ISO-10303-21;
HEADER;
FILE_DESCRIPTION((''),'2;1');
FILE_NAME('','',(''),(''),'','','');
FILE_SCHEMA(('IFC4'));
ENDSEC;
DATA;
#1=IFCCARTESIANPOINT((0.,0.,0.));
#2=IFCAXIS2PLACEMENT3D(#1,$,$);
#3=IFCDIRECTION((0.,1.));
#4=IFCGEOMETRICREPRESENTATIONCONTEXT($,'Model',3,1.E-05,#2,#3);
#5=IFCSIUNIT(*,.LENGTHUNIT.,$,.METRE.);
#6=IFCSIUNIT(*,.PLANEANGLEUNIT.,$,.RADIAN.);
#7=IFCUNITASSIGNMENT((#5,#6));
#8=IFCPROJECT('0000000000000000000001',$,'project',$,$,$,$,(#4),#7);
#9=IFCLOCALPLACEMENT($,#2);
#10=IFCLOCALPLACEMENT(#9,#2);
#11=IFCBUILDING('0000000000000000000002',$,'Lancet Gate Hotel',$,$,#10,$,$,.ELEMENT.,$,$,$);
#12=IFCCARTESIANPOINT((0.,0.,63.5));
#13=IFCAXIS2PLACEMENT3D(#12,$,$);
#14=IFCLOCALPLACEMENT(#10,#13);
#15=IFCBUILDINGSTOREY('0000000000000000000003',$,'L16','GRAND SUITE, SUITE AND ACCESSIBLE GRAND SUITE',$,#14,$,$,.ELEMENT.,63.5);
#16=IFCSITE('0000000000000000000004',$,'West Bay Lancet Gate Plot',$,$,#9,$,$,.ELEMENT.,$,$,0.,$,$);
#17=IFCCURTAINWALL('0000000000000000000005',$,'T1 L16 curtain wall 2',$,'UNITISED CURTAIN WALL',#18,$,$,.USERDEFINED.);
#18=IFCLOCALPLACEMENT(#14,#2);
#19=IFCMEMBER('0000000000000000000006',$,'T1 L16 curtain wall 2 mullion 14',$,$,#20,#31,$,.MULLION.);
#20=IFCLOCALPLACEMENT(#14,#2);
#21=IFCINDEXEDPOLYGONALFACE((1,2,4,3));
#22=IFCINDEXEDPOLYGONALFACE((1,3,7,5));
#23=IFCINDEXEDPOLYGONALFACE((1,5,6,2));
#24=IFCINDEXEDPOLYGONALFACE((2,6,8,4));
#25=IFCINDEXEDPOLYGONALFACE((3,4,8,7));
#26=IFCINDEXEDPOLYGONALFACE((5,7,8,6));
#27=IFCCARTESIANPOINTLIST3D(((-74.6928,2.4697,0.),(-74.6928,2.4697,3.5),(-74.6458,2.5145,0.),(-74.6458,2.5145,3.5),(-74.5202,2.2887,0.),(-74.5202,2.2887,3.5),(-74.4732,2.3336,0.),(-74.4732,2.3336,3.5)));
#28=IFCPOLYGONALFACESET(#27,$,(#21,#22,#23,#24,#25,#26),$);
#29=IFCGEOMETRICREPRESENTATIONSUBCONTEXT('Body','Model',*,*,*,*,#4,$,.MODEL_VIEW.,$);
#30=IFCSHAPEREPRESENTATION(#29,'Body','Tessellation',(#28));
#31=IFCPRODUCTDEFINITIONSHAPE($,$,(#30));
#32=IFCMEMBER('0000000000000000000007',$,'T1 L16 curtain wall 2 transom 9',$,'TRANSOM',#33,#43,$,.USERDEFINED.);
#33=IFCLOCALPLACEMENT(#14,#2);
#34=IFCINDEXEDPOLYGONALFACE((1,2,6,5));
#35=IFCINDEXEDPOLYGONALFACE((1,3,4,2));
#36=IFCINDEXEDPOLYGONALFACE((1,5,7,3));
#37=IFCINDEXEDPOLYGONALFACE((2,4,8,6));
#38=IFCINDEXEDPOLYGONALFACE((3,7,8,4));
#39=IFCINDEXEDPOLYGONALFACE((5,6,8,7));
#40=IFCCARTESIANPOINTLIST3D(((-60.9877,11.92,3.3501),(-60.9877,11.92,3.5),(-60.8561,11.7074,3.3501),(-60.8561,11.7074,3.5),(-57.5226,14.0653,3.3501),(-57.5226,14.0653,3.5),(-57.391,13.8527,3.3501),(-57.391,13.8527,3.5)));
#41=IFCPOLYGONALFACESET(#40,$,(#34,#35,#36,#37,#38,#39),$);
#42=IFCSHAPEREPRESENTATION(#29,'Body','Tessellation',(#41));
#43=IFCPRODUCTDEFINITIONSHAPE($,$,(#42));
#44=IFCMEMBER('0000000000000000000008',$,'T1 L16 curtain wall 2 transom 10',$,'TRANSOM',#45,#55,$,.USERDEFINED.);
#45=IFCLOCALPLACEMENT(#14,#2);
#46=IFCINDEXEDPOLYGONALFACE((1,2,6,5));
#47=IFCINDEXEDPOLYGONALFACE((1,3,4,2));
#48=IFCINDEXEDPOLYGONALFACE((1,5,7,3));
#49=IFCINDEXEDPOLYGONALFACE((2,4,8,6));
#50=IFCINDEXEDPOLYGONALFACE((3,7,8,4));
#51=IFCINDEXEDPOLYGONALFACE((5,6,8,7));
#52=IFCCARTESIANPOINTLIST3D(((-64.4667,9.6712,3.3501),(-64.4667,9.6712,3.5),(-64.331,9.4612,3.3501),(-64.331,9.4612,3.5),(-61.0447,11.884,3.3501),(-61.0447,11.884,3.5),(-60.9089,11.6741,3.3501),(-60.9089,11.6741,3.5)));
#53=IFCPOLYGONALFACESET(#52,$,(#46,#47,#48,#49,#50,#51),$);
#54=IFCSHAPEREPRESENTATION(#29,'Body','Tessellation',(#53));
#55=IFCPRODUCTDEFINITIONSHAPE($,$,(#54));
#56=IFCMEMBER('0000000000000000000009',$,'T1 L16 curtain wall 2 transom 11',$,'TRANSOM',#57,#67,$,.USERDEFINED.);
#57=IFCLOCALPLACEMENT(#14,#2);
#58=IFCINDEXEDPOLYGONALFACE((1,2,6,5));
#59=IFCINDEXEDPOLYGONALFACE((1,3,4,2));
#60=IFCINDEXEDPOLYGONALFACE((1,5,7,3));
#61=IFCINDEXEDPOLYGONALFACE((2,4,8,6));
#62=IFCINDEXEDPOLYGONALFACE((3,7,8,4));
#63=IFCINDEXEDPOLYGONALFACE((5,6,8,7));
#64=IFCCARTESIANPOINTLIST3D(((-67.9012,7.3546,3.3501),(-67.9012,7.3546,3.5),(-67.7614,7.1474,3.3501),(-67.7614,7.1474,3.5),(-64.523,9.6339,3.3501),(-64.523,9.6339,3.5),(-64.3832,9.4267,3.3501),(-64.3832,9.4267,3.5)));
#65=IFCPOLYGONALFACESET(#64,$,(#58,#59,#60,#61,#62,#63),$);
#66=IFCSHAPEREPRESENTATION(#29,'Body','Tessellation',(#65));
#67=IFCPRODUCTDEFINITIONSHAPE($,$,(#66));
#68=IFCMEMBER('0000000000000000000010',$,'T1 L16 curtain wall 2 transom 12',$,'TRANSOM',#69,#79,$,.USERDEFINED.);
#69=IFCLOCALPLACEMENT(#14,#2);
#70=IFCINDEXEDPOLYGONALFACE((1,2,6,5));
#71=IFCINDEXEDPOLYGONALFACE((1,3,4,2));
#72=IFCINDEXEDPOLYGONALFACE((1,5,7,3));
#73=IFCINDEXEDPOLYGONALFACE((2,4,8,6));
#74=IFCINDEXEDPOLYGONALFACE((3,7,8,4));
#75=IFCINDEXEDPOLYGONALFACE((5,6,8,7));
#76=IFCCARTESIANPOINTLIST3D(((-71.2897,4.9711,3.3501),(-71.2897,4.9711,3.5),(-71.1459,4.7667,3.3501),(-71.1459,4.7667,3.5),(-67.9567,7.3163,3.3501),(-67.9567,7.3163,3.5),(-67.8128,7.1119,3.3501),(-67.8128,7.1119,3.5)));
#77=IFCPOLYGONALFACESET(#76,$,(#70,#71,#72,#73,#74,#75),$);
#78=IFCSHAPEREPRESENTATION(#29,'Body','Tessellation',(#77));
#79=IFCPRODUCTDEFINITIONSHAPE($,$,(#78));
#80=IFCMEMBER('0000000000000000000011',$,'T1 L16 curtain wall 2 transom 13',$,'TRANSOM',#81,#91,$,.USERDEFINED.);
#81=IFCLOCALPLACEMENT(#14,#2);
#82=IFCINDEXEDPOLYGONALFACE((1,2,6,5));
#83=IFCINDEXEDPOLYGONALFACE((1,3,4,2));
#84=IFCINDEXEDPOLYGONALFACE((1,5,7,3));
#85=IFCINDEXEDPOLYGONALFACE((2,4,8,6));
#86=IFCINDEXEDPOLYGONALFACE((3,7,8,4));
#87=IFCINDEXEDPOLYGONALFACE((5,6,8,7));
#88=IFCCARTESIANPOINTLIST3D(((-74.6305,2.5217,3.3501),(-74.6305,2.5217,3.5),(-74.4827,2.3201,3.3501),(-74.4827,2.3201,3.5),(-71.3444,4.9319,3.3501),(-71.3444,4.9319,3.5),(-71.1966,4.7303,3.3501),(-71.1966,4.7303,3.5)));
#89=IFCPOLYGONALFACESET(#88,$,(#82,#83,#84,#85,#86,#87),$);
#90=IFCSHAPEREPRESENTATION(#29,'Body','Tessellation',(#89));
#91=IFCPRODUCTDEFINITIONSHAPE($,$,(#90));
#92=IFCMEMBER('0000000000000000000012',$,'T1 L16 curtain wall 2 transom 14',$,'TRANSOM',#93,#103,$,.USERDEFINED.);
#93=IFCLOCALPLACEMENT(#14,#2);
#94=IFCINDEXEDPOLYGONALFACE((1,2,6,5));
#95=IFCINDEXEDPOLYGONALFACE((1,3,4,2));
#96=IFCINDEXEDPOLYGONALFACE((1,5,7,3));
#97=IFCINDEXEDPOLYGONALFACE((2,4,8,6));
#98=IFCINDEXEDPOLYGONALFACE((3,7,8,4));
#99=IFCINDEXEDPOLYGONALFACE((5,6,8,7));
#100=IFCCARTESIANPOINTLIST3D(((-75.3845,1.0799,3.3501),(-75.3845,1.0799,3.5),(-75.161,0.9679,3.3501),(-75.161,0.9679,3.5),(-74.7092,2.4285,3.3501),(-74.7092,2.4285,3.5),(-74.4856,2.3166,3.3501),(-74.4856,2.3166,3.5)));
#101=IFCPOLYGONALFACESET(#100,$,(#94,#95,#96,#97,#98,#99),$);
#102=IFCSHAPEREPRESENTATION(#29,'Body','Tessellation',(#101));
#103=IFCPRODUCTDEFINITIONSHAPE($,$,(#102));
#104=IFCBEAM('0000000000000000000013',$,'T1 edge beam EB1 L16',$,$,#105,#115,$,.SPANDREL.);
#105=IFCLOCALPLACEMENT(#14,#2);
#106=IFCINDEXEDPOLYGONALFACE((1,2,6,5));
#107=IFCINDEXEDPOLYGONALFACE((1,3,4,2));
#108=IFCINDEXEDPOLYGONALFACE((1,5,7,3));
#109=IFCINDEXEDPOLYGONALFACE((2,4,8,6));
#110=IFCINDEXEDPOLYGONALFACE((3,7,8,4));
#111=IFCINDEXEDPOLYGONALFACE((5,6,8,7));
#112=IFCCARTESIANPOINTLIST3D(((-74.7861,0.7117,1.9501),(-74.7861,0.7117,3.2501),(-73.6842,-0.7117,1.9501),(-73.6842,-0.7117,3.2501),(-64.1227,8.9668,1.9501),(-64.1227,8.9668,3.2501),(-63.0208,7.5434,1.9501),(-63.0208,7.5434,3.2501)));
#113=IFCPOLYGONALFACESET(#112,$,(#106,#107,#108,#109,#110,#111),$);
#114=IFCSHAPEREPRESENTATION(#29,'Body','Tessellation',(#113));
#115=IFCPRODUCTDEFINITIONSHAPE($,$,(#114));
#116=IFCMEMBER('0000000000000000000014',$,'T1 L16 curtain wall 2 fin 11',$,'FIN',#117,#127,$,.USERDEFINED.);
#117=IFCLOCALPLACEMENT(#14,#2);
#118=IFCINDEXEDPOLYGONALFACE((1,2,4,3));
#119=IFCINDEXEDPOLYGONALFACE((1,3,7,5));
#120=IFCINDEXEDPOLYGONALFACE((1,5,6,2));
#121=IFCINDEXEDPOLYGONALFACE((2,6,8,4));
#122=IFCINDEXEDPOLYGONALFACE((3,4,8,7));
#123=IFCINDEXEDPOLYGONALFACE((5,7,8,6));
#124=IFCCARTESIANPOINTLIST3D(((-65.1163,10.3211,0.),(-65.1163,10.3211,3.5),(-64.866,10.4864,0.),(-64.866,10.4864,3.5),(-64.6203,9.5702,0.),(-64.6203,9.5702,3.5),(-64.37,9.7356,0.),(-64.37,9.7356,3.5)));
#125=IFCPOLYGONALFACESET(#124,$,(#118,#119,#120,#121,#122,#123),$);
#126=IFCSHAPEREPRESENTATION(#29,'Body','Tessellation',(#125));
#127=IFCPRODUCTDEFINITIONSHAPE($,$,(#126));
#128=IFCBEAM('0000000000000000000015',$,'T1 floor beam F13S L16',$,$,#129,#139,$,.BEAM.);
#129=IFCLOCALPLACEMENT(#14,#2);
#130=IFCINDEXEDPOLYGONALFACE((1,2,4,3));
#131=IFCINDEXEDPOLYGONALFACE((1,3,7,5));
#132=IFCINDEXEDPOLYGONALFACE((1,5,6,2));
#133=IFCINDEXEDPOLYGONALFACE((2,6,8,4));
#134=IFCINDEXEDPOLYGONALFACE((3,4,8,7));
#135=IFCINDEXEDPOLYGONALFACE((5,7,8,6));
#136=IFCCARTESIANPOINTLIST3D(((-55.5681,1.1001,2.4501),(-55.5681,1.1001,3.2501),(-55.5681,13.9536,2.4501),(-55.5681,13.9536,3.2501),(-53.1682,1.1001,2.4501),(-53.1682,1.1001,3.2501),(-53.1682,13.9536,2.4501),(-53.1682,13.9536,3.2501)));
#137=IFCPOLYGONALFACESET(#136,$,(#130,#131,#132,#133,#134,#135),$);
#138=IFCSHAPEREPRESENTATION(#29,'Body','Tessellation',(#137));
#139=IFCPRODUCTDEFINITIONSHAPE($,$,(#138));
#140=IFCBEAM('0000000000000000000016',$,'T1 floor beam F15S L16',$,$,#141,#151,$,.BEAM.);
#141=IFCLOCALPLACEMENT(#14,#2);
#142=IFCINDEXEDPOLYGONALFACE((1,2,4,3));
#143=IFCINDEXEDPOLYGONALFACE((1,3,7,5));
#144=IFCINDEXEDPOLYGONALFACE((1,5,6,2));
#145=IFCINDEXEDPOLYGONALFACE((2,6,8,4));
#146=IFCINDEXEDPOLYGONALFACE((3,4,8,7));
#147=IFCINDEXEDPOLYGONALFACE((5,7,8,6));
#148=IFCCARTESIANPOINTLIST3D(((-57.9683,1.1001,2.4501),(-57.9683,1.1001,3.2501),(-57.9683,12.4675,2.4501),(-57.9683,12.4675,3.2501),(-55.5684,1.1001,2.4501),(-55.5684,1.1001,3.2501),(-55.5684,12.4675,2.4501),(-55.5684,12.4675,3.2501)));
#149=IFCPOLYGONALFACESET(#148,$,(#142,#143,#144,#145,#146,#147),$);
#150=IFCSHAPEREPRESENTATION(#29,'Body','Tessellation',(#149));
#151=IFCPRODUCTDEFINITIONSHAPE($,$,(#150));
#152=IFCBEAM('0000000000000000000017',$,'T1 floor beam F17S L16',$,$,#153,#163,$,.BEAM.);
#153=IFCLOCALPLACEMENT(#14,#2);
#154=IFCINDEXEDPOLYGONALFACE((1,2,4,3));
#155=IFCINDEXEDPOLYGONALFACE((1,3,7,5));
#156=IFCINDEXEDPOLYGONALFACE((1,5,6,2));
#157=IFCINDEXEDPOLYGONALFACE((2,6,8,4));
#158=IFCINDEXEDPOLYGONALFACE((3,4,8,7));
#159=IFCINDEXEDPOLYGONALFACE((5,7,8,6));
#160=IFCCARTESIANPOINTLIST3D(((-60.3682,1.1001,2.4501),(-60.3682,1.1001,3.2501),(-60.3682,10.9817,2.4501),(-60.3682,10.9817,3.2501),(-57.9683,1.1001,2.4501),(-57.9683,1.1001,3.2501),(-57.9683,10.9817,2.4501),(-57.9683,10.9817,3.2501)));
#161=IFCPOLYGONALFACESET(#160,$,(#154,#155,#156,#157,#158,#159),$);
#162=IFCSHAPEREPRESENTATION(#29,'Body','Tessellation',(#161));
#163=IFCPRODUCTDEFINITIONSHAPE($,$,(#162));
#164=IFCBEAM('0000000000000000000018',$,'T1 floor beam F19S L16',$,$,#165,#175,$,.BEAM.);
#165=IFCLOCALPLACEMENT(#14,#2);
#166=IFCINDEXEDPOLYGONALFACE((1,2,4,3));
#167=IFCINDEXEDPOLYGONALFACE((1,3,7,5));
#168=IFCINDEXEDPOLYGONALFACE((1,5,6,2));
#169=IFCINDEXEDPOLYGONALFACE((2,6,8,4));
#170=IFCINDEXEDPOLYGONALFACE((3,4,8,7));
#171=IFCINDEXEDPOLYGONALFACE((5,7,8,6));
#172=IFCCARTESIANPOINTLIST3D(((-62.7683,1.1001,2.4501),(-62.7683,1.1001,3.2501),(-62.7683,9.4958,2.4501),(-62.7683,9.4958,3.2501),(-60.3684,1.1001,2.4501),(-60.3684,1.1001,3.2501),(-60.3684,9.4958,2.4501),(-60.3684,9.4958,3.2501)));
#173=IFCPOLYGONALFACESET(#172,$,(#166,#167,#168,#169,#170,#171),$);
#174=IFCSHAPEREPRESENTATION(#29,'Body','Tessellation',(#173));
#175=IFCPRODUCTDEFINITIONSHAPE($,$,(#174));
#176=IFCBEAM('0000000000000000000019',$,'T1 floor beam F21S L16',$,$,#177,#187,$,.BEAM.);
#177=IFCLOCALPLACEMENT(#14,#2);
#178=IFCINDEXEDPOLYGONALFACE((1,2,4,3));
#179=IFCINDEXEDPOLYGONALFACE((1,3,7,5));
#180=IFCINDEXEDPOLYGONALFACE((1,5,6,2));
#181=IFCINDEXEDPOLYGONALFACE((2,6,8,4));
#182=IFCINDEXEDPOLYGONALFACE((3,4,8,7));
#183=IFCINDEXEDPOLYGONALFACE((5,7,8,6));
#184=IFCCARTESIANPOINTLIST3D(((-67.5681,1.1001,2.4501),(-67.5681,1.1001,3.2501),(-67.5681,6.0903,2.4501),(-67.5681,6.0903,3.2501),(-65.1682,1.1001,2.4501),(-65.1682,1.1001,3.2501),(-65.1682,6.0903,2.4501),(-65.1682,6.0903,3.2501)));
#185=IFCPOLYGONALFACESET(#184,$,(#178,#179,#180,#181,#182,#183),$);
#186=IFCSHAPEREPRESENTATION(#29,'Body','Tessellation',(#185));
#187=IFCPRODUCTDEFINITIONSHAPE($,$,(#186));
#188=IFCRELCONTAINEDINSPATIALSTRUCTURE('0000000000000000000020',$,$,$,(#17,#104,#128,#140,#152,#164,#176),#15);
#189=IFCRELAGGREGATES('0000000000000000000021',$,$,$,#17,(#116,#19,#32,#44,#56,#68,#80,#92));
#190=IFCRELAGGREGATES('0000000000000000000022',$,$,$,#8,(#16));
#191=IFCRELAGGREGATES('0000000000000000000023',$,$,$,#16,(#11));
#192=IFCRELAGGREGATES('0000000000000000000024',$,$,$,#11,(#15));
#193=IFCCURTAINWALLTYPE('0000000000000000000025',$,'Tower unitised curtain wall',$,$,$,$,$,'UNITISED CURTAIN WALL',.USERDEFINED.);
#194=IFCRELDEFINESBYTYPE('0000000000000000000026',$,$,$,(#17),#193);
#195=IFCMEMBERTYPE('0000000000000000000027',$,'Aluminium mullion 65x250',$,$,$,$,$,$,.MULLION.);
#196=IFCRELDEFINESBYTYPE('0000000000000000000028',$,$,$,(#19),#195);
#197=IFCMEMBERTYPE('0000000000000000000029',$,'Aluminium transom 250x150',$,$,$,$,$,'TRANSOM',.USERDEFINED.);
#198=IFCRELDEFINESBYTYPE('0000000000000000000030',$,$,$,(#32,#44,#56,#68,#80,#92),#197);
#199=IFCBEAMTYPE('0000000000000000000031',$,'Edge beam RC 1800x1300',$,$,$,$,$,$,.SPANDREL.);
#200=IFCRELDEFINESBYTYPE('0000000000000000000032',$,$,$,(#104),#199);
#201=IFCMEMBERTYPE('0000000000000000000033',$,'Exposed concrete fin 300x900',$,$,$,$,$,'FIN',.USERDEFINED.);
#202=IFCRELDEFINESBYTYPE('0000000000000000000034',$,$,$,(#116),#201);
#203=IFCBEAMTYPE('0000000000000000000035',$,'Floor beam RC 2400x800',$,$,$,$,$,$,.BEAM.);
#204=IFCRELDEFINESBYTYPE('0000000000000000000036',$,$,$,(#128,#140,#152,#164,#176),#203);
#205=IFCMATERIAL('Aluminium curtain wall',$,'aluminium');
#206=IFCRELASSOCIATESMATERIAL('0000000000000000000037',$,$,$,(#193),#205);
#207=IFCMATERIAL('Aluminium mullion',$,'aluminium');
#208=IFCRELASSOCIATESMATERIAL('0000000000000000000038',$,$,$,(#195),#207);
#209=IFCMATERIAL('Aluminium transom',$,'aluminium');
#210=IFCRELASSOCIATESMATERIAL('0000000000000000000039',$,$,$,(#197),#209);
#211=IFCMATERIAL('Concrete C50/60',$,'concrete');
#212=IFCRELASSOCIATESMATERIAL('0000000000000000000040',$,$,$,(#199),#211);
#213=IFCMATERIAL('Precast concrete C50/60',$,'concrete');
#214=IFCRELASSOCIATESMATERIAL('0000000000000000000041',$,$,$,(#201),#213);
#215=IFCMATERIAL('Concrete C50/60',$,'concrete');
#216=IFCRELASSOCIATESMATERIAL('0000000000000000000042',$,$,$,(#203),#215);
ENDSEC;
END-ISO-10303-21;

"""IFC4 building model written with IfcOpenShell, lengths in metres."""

from ifc_helpers import new_model, si_unit, direction, frame, origin, origin_2d, place, context, subcontext, project, spatial, rectangle, extrude, material, material_profile, profile_set, type_object, element, aggregate, save


model = new_model("IFC4")

# Units and contexts
model_context = context("Model", 3, precision=1e-05, world=origin(), true_north=direction((0.0, 1.0)))
body_context = subcontext(model_context, "Body", "Model", "MODEL_VIEW")
ifc_project = project(units=[si_unit("LENGTHUNIT", "METRE"), si_unit("PLANEANGLEUNIT", "RADIAN")], contexts=[model_context])

# Site, building, storey
site_placement = place(None, origin())
site = spatial("IfcSite", under=ifc_project, at=site_placement, Name="West Bay Lancet Gate Plot", CompositionType="ELEMENT", RefElevation=0.0)
building_placement = place(site_placement, origin())
building = spatial("IfcBuilding", under=site, at=building_placement, Name="Lancet Gate Hotel", CompositionType="ELEMENT")
storey_placement = place(building_placement, frame((0.0, 0.0, 63.5)))
storey = spatial("IfcBuildingStorey", under=building, at=storey_placement, Name="L16", Description="GRAND SUITE, SUITE AND ACCESSIBLE GRAND SUITE", CompositionType="ELEMENT", Elevation=63.5)

# Curtain wall, members
ifc_material_1 = material(Name="Aluminium curtain wall", Category="aluminium")
curtain_wall_type = type_object("IfcCurtainWallType", Name="Tower unitised curtain wall", ElementType="UNITISED CURTAIN WALL", PredefinedType="USERDEFINED", material=ifc_material_1)
curtain_wall_placement = place(storey_placement, origin())
curtain_wall = element("IfcCurtainWall", 1, at=curtain_wall_placement, inside=storey, type_object=curtain_wall_type, Name="T1 L16 curtain wall 2", ObjectType="UNITISED CURTAIN WALL", PredefinedType="USERDEFINED")
ifc_material_2 = material(Name="Aluminium mullion", Category="aluminium")
ifc_material_profile_1 = material_profile(ifc_material_2, rectangle(XDim=0.0649, YDim=0.25, at=origin_2d()), Name="MULLION 65x250")
ifc_profile_set_1 = profile_set([ifc_material_profile_1], Name="Aluminium mullion")
member_type_1 = type_object("IfcMemberType", Name="Aluminium mullion 65x250", PredefinedType="MULLION", material=ifc_profile_set_1)
member_1_placement = place(storey_placement, frame((-74.583, 2.4016, 0.0), z_axis=(0.0, 0.0, 1.0), x_axis=(-0.723696, -0.690119, 0.0)))
member_1 = element("IfcMember", 2, at=member_1_placement, type_object=member_type_1, Name="T1 L16 curtain wall 2 mullion 14", PredefinedType="MULLION", context=body_context, shape_type="SweptSolid", body=[
    extrude(rectangle(XDim=0.0649, YDim=0.25, at=origin_2d()), origin(), (0.0, 0.0, 1.0), 3.5),
])
ifc_material_3 = material(Name="Aluminium transom", Category="aluminium")
ifc_material_profile_2 = material_profile(ifc_material_3, rectangle(XDim=0.25, YDim=0.1499, at=origin_2d()), Name="TRANSOM 250x150")
ifc_profile_set_2 = profile_set([ifc_material_profile_2], Name="Aluminium transom")
member_type_2 = type_object("IfcMemberType", Name="Aluminium transom 250x150", ElementType="TRANSOM", PredefinedType="USERDEFINED", material=ifc_profile_set_2)
member_2_placement = place(storey_placement, frame((-57.4568, 13.959, 3.425), z_axis=(-0.850242, -0.526392, 0.0), x_axis=(0.526392, -0.850242, 0.0)))
member_2 = element("IfcMember", 3, at=member_2_placement, type_object=member_type_2, Name="T1 L16 curtain wall 2 transom 9", ObjectType="TRANSOM", PredefinedType="USERDEFINED", context=body_context, shape_type="SweptSolid", body=[
    extrude(rectangle(XDim=0.25, YDim=0.1499, at=origin_2d()), origin(), (0.0, 0.0, 1.0), 4.0754),
])
member_3_placement = place(storey_placement, frame((-60.9768, 11.7791, 3.425), z_axis=(-0.839729, -0.543005, 0.0), x_axis=(0.543005, -0.839729, 0.0)))
member_3 = element("IfcMember", 4, at=member_3_placement, type_object=member_type_2, Name="T1 L16 curtain wall 2 transom 10", ObjectType="TRANSOM", PredefinedType="USERDEFINED", context=body_context, shape_type="SweptSolid", body=[
    extrude(rectangle(XDim=0.25, YDim=0.1499, at=origin_2d()), origin(), (0.0, 0.0, 1.0), 4.0752),
])
member_4_placement = place(storey_placement, frame((-64.4531, 9.5303, 3.425), z_axis=(-0.828959, -0.559309, 0.0), x_axis=(0.559309, -0.828959, 0.0)))
member_4 = element("IfcMember", 5, at=member_4_placement, type_object=member_type_2, Name="T1 L16 curtain wall 2 transom 11", ObjectType="TRANSOM", PredefinedType="USERDEFINED", context=body_context, shape_type="SweptSolid", body=[
    extrude(rectangle(XDim=0.25, YDim=0.1499, at=origin_2d()), origin(), (0.0, 0.0, 1.0), 4.0752),
])
member_5_placement = place(storey_placement, frame((-67.8848, 7.2141, 3.425), z_axis=(-0.817834, -0.575455, 0.0), x_axis=(0.575455, -0.817834, 0.0)))
member_5 = element("IfcMember", 6, at=member_5_placement, type_object=member_type_2, Name="T1 L16 curtain wall 2 transom 12", ObjectType="TRANSOM", PredefinedType="USERDEFINED", context=body_context, shape_type="SweptSolid", body=[
    extrude(rectangle(XDim=0.25, YDim=0.1499, at=origin_2d()), origin(), (0.0, 0.0, 1.0), 4.0754),
])
member_6_placement = place(storey_placement, frame((-71.2705, 4.8311, 3.425), z_axis=(-0.806367, -0.591416, 0.0), x_axis=(0.591416, -0.806367, 0.0)))
member_6 = element("IfcMember", 7, at=member_6_placement, type_object=member_type_2, Name="T1 L16 curtain wall 2 transom 13", ObjectType="TRANSOM", PredefinedType="USERDEFINED", context=body_context, shape_type="SweptSolid", body=[
    extrude(rectangle(XDim=0.25, YDim=0.1499, at=origin_2d()), origin(), (0.0, 0.0, 1.0), 4.0752),
])
member_7_placement = place(storey_placement, frame((-74.5974, 2.3726, 3.425), z_axis=(-0.447732, -0.894168, 0.0), x_axis=(0.894168, -0.447732, 0.0)))
member_7 = element("IfcMember", 8, at=member_7_placement, type_object=member_type_2, Name="T1 L16 curtain wall 2 transom 14", ObjectType="TRANSOM", PredefinedType="USERDEFINED", context=body_context, shape_type="SweptSolid", body=[
    extrude(rectangle(XDim=0.25, YDim=0.1499, at=origin_2d()), origin(), (0.0, 0.0, 1.0), 1.5083),
])

# Beam
ifc_material_4 = material(Name="Concrete C50/60", Category="concrete")
ifc_material_profile_3 = material_profile(ifc_material_4, rectangle(XDim=1.8, YDim=1.3, at=origin_2d()), Name="RC 1800x1300")
ifc_profile_set_3 = profile_set([ifc_material_profile_3], Name="Concrete C50/60")
beam_type_1 = type_object("IfcBeamType", Name="Edge beam RC 1800x1300", PredefinedType="SPANDREL", material=ifc_profile_set_3)
beam_1_placement = place(storey_placement, frame((-63.5718, 8.2551, 2.6001), z_axis=(-0.790736, -0.612157, 0.0), x_axis=(0.612157, -0.790736, 0.0)))
element("IfcBeam", 9, at=beam_1_placement, inside=storey, type_object=beam_type_1, Name="T1 edge beam EB1 L16", PredefinedType="SPANDREL", context=body_context, shape_type="SweptSolid", body=[
    extrude(rectangle(XDim=1.8, YDim=1.3, at=origin_2d()), origin(), (0.0, 0.0, 1.0), 13.4854),
])

# Member
ifc_material_5 = material(Name="Precast concrete C50/60", Category="concrete")
ifc_material_profile_4 = material_profile(ifc_material_5, rectangle(XDim=0.3, YDim=0.8999, at=origin_2d()), Name="FIN 300x900")
ifc_profile_set_4 = profile_set([ifc_material_profile_4], Name="Precast concrete C50/60")
member_type_3 = type_object("IfcMemberType", Name="Exposed concrete fin 300x900", ElementType="FIN", PredefinedType="USERDEFINED", material=ifc_profile_set_4)
member_8_placement = place(storey_placement, frame((-64.7432, 10.0283, 0.0), z_axis=(0.0, 0.0, 1.0), x_axis=(-0.834387, -0.551178, 0.0)))
member_8 = element("IfcMember", 10, at=member_8_placement, type_object=member_type_3, Name="T1 L16 curtain wall 2 fin 11", ObjectType="FIN", PredefinedType="USERDEFINED", context=body_context, shape_type="SweptSolid", body=[
    extrude(rectangle(XDim=0.3, YDim=0.8999, at=origin_2d()), origin(), (0.0, 0.0, 1.0), 3.5),
])

# Beams
ifc_material_6 = material(Name="Concrete C50/60", Category="concrete")
ifc_material_profile_5 = material_profile(ifc_material_6, rectangle(XDim=2.3999, YDim=0.8, at=origin_2d()), Name="RC 2400x800")
ifc_profile_set_5 = profile_set([ifc_material_profile_5], Name="Concrete C50/60")
beam_type_2 = type_object("IfcBeamType", Name="Floor beam RC 2400x800", PredefinedType="BEAM", material=ifc_profile_set_5)
beam_2_placement = place(storey_placement, frame((-54.3682, 13.9536, 2.8501), z_axis=(0.0, -1.0, 0.0), x_axis=(1.0, 0.0, 0.0)))
element("IfcBeam", 11, at=beam_2_placement, inside=storey, type_object=beam_type_2, Name="T1 floor beam F13S L16", PredefinedType="BEAM", context=body_context, shape_type="SweptSolid", body=[
    extrude(rectangle(XDim=2.3999, YDim=0.8, at=origin_2d()), origin(), (0.0, 0.0, 1.0), 12.8535),
])
beam_3_placement = place(storey_placement, frame((-56.7683, 12.4675, 2.8501), z_axis=(0.0, -1.0, 0.0), x_axis=(1.0, 0.0, 0.0)))
element("IfcBeam", 12, at=beam_3_placement, inside=storey, type_object=beam_type_2, Name="T1 floor beam F15S L16", PredefinedType="BEAM", context=body_context, shape_type="SweptSolid", body=[
    extrude(rectangle(XDim=2.3999, YDim=0.8, at=origin_2d()), origin(), (0.0, 0.0, 1.0), 11.3674),
])
beam_4_placement = place(storey_placement, frame((-59.1682, 10.9817, 2.8501), z_axis=(0.0, -1.0, 0.0), x_axis=(1.0, 0.0, 0.0)))
element("IfcBeam", 13, at=beam_4_placement, inside=storey, type_object=beam_type_2, Name="T1 floor beam F17S L16", PredefinedType="BEAM", context=body_context, shape_type="SweptSolid", body=[
    extrude(rectangle(XDim=2.3999, YDim=0.8, at=origin_2d()), origin(), (0.0, 0.0, 1.0), 9.8816),
])
beam_5_placement = place(storey_placement, frame((-61.5684, 9.4958, 2.8501), z_axis=(0.0, -1.0, 0.0), x_axis=(1.0, 0.0, 0.0)))
element("IfcBeam", 14, at=beam_5_placement, inside=storey, type_object=beam_type_2, Name="T1 floor beam F19S L16", PredefinedType="BEAM", context=body_context, shape_type="SweptSolid", body=[
    extrude(rectangle(XDim=2.3999, YDim=0.8, at=origin_2d()), origin(), (0.0, 0.0, 1.0), 8.3958),
])
beam_6_placement = place(storey_placement, frame((-66.3682, 6.0903, 2.8501), z_axis=(0.0, -1.0, 0.0), x_axis=(1.0, 0.0, 0.0)))
element("IfcBeam", 15, at=beam_6_placement, inside=storey, type_object=beam_type_2, Name="T1 floor beam F21S L16", PredefinedType="BEAM", context=body_context, shape_type="SweptSolid", body=[
    extrude(rectangle(XDim=2.3999, YDim=0.8, at=origin_2d()), origin(), (0.0, 0.0, 1.0), 4.9902),
])

aggregate(curtain_wall, [member_8, member_1, member_2, member_3, member_4, member_5, member_6, member_7])

save(model, "model.ifc")
